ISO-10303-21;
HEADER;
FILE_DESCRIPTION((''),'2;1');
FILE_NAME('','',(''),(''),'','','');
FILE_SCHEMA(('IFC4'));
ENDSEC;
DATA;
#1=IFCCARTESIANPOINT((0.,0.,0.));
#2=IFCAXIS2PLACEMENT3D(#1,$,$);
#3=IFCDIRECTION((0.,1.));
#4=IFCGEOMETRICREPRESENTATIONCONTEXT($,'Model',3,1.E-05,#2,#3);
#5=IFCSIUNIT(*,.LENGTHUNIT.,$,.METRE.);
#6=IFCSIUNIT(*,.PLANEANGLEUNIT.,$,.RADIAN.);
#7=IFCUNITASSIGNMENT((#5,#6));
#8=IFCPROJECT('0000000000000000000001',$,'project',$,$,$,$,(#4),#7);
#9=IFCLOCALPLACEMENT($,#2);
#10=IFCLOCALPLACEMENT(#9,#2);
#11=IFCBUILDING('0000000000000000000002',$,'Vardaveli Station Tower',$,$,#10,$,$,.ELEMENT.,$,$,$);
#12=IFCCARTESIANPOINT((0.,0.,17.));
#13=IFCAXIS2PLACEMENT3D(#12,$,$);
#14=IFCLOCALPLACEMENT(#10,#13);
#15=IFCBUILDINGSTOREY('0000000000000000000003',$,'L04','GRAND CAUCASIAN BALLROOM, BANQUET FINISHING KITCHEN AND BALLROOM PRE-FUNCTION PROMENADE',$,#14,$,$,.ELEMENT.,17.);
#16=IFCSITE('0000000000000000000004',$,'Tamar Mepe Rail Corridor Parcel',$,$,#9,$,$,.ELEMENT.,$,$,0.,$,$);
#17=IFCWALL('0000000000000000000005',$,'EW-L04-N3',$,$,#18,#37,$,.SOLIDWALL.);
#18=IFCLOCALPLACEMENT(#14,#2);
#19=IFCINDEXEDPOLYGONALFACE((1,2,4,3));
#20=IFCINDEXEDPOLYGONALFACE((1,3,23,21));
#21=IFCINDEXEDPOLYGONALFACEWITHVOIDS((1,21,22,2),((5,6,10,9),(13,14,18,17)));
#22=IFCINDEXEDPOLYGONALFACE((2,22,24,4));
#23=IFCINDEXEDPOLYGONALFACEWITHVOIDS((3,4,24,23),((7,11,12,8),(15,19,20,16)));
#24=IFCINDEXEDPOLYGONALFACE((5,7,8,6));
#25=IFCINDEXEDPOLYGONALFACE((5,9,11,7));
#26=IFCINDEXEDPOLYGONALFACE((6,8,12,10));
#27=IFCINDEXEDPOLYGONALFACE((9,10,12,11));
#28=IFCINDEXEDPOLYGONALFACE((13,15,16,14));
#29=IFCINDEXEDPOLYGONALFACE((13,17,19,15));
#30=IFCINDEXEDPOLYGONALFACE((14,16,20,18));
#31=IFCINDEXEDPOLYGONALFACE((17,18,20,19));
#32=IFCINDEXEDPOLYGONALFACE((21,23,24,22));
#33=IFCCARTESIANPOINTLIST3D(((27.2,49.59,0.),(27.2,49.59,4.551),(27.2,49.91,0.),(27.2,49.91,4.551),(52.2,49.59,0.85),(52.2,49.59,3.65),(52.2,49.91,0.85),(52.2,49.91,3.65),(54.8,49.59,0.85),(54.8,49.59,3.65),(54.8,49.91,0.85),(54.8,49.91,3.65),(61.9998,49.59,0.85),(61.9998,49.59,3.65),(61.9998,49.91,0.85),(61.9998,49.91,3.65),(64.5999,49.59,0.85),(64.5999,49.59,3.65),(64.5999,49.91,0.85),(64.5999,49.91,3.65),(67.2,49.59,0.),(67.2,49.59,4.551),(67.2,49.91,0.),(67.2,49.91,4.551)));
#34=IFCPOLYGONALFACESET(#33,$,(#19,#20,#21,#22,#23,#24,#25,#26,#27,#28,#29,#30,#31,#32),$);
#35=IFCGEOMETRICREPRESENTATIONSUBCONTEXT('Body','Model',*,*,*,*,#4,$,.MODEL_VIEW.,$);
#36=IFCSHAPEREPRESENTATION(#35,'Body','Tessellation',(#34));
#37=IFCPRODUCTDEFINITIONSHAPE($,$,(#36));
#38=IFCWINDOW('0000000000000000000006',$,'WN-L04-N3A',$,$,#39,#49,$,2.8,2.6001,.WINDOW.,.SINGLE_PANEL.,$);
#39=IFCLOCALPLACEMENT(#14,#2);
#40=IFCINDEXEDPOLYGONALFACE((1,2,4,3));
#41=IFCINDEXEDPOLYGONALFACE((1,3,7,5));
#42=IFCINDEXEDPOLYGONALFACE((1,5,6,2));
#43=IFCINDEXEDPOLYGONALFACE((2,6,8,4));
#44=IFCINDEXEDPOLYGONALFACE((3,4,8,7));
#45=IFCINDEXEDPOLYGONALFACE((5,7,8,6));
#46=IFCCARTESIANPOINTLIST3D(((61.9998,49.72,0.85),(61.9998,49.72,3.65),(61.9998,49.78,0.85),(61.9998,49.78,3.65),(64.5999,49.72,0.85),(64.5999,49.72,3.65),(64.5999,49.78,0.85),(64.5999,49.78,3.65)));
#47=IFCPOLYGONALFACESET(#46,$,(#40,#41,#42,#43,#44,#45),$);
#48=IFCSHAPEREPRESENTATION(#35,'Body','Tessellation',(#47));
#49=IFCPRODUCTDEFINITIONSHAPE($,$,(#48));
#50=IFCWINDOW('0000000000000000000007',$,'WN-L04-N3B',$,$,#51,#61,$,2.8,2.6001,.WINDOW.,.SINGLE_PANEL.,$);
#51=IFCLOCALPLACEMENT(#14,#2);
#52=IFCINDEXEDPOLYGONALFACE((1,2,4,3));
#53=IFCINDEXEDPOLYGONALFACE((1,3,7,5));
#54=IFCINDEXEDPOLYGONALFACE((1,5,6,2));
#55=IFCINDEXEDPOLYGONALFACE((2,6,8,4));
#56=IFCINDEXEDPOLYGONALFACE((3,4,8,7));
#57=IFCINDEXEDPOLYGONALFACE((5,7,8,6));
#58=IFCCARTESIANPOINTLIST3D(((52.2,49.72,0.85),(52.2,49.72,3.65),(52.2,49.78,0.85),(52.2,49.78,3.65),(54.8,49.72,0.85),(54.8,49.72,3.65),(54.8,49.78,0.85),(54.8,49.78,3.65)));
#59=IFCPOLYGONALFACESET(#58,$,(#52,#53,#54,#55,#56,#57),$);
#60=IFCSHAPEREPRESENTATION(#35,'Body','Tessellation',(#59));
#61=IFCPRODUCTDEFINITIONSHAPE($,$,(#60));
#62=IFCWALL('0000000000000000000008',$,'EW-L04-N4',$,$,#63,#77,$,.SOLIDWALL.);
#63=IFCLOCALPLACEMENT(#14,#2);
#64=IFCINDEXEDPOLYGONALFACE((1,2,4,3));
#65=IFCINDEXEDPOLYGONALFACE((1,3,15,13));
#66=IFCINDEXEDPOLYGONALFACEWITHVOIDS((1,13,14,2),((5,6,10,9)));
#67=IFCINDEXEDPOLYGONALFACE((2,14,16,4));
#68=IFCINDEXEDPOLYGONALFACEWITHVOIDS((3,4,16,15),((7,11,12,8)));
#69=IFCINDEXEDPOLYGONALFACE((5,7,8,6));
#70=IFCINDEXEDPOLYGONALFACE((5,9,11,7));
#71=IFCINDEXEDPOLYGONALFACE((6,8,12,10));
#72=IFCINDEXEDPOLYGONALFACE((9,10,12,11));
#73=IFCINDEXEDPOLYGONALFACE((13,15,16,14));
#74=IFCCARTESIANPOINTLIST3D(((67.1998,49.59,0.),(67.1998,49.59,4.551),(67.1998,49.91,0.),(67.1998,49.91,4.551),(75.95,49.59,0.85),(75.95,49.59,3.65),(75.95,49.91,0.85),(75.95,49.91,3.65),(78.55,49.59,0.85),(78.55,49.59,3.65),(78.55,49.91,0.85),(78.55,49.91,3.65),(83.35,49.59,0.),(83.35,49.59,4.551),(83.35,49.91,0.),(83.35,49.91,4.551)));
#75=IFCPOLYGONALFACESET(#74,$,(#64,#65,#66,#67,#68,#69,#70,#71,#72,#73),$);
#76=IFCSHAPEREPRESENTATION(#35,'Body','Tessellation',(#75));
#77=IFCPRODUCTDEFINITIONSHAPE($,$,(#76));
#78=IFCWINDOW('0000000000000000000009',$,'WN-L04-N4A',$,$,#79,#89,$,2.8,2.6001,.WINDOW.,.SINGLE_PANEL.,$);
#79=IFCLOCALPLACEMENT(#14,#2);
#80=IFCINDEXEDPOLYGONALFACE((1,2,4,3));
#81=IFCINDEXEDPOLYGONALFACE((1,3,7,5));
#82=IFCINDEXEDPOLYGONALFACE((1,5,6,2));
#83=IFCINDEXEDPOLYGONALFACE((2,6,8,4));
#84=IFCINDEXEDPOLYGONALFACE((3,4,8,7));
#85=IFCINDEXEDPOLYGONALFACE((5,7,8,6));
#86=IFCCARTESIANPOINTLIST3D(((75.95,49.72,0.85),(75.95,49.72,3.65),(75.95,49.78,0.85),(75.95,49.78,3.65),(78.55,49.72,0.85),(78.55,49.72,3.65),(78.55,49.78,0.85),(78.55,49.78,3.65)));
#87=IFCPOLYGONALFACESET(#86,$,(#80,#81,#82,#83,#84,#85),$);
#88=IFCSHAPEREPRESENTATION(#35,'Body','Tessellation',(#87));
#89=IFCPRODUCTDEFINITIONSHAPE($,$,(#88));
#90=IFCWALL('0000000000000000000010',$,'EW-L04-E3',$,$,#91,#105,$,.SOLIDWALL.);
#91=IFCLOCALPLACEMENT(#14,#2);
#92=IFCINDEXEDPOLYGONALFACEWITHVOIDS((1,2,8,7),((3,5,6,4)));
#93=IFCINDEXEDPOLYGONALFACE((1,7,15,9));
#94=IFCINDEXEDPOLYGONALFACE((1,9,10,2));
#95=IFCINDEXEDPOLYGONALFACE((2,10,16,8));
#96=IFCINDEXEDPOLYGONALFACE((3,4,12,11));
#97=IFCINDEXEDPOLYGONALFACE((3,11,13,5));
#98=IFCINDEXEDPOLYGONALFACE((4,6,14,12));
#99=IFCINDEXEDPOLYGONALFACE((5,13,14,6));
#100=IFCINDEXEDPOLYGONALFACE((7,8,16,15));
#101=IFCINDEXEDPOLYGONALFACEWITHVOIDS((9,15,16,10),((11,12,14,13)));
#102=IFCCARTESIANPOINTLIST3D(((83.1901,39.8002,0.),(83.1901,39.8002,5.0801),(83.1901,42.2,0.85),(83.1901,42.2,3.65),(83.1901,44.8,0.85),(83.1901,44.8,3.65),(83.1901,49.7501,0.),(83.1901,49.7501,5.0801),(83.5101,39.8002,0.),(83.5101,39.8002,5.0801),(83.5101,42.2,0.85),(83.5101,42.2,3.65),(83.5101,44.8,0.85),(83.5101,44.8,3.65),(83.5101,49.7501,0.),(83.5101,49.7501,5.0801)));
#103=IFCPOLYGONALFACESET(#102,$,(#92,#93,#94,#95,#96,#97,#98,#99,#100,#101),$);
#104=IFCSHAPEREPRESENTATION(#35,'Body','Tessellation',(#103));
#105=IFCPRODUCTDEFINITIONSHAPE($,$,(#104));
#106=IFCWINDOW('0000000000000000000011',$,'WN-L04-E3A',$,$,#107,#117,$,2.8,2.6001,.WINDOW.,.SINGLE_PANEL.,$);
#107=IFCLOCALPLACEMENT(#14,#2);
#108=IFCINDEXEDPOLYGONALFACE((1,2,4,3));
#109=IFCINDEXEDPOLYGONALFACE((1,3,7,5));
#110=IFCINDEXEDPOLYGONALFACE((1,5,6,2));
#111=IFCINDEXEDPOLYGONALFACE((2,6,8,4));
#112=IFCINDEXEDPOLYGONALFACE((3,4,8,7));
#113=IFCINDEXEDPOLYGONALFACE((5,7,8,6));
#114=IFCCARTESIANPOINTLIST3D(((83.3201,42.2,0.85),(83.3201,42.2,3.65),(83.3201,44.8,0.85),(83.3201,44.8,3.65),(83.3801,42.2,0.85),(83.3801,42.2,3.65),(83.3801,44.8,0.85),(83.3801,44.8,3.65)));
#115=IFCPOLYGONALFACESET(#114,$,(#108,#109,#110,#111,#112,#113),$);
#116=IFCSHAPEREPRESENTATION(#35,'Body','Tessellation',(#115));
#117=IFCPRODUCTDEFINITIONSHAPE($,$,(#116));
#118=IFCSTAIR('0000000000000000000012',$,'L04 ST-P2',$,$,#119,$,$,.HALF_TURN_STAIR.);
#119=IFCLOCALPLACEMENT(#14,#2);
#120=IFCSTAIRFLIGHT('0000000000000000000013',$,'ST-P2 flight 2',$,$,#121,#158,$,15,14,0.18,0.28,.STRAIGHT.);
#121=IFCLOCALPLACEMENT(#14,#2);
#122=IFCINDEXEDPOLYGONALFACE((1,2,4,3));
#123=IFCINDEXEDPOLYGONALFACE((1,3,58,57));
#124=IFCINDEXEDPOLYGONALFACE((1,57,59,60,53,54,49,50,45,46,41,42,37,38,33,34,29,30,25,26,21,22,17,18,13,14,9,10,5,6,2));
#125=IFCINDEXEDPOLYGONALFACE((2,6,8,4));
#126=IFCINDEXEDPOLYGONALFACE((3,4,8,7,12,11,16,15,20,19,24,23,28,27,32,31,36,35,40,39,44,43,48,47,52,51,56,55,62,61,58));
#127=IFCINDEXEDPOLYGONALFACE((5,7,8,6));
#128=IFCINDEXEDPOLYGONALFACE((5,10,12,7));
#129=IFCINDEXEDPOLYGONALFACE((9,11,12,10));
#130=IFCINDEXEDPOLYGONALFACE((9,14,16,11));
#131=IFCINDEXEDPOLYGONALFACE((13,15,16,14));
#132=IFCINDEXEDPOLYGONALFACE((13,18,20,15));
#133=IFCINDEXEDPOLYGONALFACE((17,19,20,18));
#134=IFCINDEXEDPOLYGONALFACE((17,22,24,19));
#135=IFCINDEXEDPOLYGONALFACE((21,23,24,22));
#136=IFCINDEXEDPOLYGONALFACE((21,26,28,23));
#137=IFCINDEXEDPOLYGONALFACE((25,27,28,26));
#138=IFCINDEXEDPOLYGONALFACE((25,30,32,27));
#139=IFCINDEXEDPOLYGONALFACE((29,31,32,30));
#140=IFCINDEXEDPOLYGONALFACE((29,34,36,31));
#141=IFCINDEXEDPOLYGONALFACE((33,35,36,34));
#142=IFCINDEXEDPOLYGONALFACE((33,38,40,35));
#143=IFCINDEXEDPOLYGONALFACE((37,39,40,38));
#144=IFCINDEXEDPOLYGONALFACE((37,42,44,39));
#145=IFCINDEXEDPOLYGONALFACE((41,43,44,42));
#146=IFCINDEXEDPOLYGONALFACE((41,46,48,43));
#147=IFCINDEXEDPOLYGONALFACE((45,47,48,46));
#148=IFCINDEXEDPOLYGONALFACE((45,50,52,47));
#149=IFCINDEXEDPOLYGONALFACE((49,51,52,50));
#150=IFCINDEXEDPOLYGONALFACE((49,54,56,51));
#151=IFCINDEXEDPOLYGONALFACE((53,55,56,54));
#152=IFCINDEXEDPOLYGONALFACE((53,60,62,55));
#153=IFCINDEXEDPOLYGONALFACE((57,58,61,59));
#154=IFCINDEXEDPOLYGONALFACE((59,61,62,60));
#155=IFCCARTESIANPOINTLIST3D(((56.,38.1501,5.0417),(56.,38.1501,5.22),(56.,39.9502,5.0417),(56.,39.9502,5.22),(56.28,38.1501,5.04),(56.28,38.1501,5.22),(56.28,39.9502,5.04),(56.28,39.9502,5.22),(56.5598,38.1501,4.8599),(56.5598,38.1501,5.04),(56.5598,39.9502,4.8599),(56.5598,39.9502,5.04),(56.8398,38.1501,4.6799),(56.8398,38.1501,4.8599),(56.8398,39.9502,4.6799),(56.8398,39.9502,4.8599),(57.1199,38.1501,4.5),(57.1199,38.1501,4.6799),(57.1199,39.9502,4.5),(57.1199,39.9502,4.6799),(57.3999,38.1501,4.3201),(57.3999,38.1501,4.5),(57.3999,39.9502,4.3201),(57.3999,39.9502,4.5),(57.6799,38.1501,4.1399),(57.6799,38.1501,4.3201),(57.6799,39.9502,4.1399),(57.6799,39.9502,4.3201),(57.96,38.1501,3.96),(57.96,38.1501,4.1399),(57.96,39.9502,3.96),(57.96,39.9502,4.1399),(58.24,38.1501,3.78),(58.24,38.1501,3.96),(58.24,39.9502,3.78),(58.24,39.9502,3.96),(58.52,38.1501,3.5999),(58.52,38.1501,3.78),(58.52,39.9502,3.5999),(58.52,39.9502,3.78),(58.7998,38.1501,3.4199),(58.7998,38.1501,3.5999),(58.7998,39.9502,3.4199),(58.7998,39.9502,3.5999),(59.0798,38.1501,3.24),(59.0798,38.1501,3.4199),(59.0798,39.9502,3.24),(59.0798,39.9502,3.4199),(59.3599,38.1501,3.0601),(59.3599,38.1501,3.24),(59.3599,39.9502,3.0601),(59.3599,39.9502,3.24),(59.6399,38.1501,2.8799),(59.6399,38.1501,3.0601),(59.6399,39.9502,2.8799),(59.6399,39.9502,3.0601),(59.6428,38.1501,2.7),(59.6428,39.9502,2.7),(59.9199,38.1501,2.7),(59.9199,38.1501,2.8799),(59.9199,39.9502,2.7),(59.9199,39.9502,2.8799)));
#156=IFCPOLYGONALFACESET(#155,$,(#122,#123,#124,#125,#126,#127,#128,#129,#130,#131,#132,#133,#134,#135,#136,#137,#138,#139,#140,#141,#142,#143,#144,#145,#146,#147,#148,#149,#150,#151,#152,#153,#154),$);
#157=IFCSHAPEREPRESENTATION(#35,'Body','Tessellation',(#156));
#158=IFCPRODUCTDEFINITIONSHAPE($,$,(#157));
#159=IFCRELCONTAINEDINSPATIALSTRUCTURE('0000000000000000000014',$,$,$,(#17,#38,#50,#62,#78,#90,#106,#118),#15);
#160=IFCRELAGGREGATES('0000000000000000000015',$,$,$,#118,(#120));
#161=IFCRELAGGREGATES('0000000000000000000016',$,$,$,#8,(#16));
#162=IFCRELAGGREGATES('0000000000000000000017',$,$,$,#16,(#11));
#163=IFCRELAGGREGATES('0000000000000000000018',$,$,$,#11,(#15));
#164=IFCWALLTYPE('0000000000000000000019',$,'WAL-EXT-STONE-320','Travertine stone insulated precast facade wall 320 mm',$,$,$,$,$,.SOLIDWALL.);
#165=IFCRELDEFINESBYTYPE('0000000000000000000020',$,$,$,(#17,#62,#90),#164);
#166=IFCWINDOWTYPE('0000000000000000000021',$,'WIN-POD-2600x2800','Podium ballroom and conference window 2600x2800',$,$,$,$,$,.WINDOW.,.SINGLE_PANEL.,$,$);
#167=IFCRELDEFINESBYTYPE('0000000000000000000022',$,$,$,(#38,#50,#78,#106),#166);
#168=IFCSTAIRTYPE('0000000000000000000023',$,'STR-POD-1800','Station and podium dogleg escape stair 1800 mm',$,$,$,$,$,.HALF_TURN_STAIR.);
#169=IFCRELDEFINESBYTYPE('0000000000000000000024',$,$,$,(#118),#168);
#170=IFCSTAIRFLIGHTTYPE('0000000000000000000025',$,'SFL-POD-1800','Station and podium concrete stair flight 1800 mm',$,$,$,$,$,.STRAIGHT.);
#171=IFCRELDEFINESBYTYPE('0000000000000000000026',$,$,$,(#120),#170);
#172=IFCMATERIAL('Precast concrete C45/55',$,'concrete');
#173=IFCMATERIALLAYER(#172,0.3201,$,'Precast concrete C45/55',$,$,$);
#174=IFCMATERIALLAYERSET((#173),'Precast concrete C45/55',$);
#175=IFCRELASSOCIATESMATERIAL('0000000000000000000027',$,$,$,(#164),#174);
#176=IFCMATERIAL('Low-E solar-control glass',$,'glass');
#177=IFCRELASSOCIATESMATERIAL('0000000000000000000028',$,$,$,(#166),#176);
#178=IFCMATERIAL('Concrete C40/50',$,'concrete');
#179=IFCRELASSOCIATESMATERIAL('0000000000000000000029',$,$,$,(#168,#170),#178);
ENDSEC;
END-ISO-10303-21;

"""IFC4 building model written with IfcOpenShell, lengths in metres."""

from ifc_helpers import new_model, si_unit, direction, frame, frame_2d, origin, place, context, subcontext, project, spatial, polyline, rectangle, outline, extrude, source, transform, mapped, material, layer, layer_set, type_object, element, fill, aggregate, save


model = new_model("IFC4")

# Units and contexts
model_context = context("Model", 3, precision=1e-05, world=origin(), true_north=direction((0.0, 1.0)))
body_context = subcontext(model_context, "Body", "Model", "MODEL_VIEW")
ifc_project = project(units=[si_unit("LENGTHUNIT", "METRE"), si_unit("PLANEANGLEUNIT", "RADIAN")], contexts=[model_context])

# Site, building, storey
site_placement = place(None, origin())
site = spatial("IfcSite", under=ifc_project, at=site_placement, Name="Tamar Mepe Rail Corridor Parcel", CompositionType="ELEMENT", RefElevation=0.0)
building_placement = place(site_placement, origin())
building = spatial("IfcBuilding", under=site, at=building_placement, Name="Vardaveli Station Tower", CompositionType="ELEMENT")
storey_placement = place(building_placement, frame((0.0, 0.0, 17.0)))
storey = spatial("IfcBuildingStorey", under=building, at=storey_placement, Name="L04", Description="GRAND CAUCASIAN BALLROOM, BANQUET FINISHING KITCHEN AND BALLROOM PRE-FUNCTION PROMENADE", CompositionType="ELEMENT", Elevation=17.0)

# Shared definitions
ifc_material_1 = material(Name="Precast concrete C45/55", Category="concrete")

# Wall, openings, windows
ifc_layer = layer(ifc_material_1, 0.3201, Name="Precast concrete C45/55")
ifc_layer_set = layer_set([ifc_layer], Name="Precast concrete C45/55")
wall_type = type_object("IfcWallType", Name="WAL-EXT-STONE-320", Description="Travertine stone insulated precast facade wall 320 mm", PredefinedType="SOLIDWALL", material=ifc_layer_set)
shared_shape_1 = source(origin(), body_context, "Body", "SweptSolid", [
    extrude(rectangle(XDim=40.0, YDim=0.3201, at=frame_2d((20.0, 0.0))), origin(), (0.0, 0.0, 1.0), 4.551),
])
wall_1_placement = place(storey_placement, frame((67.2, 49.75, 0.0), z_axis=(0.0, 0.0, 1.0), x_axis=(-1.0, 0.0, 0.0)))
wall_1 = element("IfcWall", 1, at=wall_1_placement, inside=storey, type_object=wall_type, Name="EW-L04-N3", PredefinedType="SOLIDWALL", context=body_context, shape_type="MappedRepresentation", body=[
    mapped(shared_shape_1, transform((0.0, 0.0, 0.0), scale=1.0)),
])
shared_shape_2 = source(origin(), body_context, "Body", "SweptSolid", [
    extrude(rectangle(XDim=2.6001, YDim=2.8, at=frame_2d((1.3, 1.3999))), frame((0.0, 0.1699, 0.0), z_axis=(0.0, -1.0, 0.0), x_axis=(1.0, 0.0, 0.0)), (0.0, 0.0, 1.0), 0.3401),
])
opening_1_placement = place(wall_1_placement, frame((2.6001, 0.0, 0.8501)))
opening_1 = element("IfcOpeningElement", 2, at=opening_1_placement, cuts=wall_1, PredefinedType="OPENING", context=body_context, shape_type="MappedRepresentation", body=[
    mapped(shared_shape_2, transform((0.0, 0.0, 0.0), scale=1.0)),
])
opening_2_placement = place(wall_1_placement, frame((12.3999, 0.0, 0.8501)))
opening_2 = element("IfcOpeningElement", 3, at=opening_2_placement, cuts=wall_1, PredefinedType="OPENING", context=body_context, shape_type="MappedRepresentation", body=[
    mapped(shared_shape_2, transform((0.0, 0.0, 0.0), scale=1.0)),
])
ifc_material_2 = material(Name="Low-E solar-control glass", Category="glass")
window_type = type_object("IfcWindowType", Name="WIN-POD-2600x2800", Description="Podium ballroom and conference window 2600x2800", PartitioningType="SINGLE_PANEL", PredefinedType="WINDOW", material=ifc_material_2)
shared_shape_3 = source(origin(), body_context, "Body", "SweptSolid", [
    extrude(rectangle(XDim=2.6001, YDim=2.8, at=frame_2d((1.3, 1.3999))), frame((0.0, 0.03, 0.0), z_axis=(0.0, -1.0, 0.0), x_axis=(1.0, 0.0, 0.0)), (0.0, 0.0, 1.0), 0.0601),
])
window_1_placement = place(opening_1_placement, origin())
window_1 = element("IfcWindow", 4, at=window_1_placement, inside=storey, type_object=window_type, Name="WN-L04-N3A", OverallHeight=2.8, OverallWidth=2.6001, PartitioningType="SINGLE_PANEL", PredefinedType="WINDOW", context=body_context, shape_type="MappedRepresentation", body=[
    mapped(shared_shape_3, transform((0.0, 0.0, 0.0), scale=1.0)),
])
fill(opening_1, window_1)
window_2_placement = place(opening_2_placement, origin())
window_2 = element("IfcWindow", 5, at=window_2_placement, inside=storey, type_object=window_type, Name="WN-L04-N3B", OverallHeight=2.8, OverallWidth=2.6001, PartitioningType="SINGLE_PANEL", PredefinedType="WINDOW", context=body_context, shape_type="MappedRepresentation", body=[
    mapped(shared_shape_3, transform((0.0, 0.0, 0.0), scale=1.0)),
])
fill(opening_2, window_2)

# Walls, openings, windows
shared_shape_4 = source(origin(), body_context, "Body", "SweptSolid", [
    extrude(rectangle(XDim=16.1501, YDim=0.3201, at=frame_2d((8.0752, 0.0))), origin(), (0.0, 0.0, 1.0), 4.551),
])
wall_2_placement = place(storey_placement, frame((83.3501, 49.75, 0.0), z_axis=(0.0, 0.0, 1.0), x_axis=(-1.0, 0.0, 0.0)))
wall_2 = element("IfcWall", 6, at=wall_2_placement, inside=storey, type_object=wall_type, Name="EW-L04-N4", PredefinedType="SOLIDWALL", context=body_context, shape_type="MappedRepresentation", body=[
    mapped(shared_shape_4, transform((0.0, 0.0, 0.0), scale=1.0)),
])
opening_3_placement = place(wall_2_placement, frame((4.8, 0.0, 0.8501)))
opening_3 = element("IfcOpeningElement", 7, at=opening_3_placement, cuts=wall_2, PredefinedType="OPENING", context=body_context, shape_type="MappedRepresentation", body=[
    mapped(shared_shape_2, transform((0.0, 0.0, 0.0), scale=1.0)),
])
window_3_placement = place(opening_3_placement, origin())
window_3 = element("IfcWindow", 8, at=window_3_placement, inside=storey, type_object=window_type, Name="WN-L04-N4A", OverallHeight=2.8, OverallWidth=2.6001, PartitioningType="SINGLE_PANEL", PredefinedType="WINDOW", context=body_context, shape_type="MappedRepresentation", body=[
    mapped(shared_shape_3, transform((0.0, 0.0, 0.0), scale=1.0)),
])
fill(opening_3, window_3)
shared_shape_5 = source(origin(), body_context, "Body", "SweptSolid", [
    extrude(rectangle(XDim=9.95, YDim=0.3201, at=frame_2d((4.9751, 0.0))), origin(), (0.0, 0.0, 1.0), 5.0801),
])
wall_3_placement = place(storey_placement, frame((83.3501, 39.8, 0.0), z_axis=(0.0, 0.0, 1.0), x_axis=(0.0, 1.0, 0.0)))
wall_3 = element("IfcWall", 9, at=wall_3_placement, inside=storey, type_object=wall_type, Name="EW-L04-E3", PredefinedType="SOLIDWALL", context=body_context, shape_type="MappedRepresentation", body=[
    mapped(shared_shape_5, transform((0.0, 0.0, 0.0), scale=1.0)),
])
opening_4_placement = place(wall_3_placement, frame((2.3999, 0.0, 0.8501)))
opening_4 = element("IfcOpeningElement", 10, at=opening_4_placement, cuts=wall_3, PredefinedType="OPENING", context=body_context, shape_type="MappedRepresentation", body=[
    mapped(shared_shape_2, transform((0.0, 0.0, 0.0), scale=1.0)),
])
window_4_placement = place(opening_4_placement, origin())
window_4 = element("IfcWindow", 11, at=window_4_placement, inside=storey, type_object=window_type, Name="WN-L04-E3A", OverallHeight=2.8, OverallWidth=2.6001, PartitioningType="SINGLE_PANEL", PredefinedType="WINDOW", context=body_context, shape_type="MappedRepresentation", body=[
    mapped(shared_shape_3, transform((0.0, 0.0, 0.0), scale=1.0)),
])
fill(opening_4, window_4)

# Stair, stair flight
ifc_material_3 = material(Name="Concrete C40/50", Category="concrete")
stair_type = type_object("IfcStairType", Name="STR-POD-1800", Description="Station and podium dogleg escape stair 1800 mm", PredefinedType="HALF_TURN_STAIR", material=ifc_material_3)
stair_placement = place(storey_placement, origin())
stair = element("IfcStair", 12, at=stair_placement, inside=storey, type_object=stair_type, Name="L04 ST-P2", PredefinedType="HALF_TURN_STAIR")
stair_flight_type = type_object("IfcStairFlightType", Name="SFL-POD-1800", Description="Station and podium concrete stair flight 1800 mm", PredefinedType="STRAIGHT", material=ifc_material_3)
shared_shape_6 = source(origin(), body_context, "Body", "SweptSolid", [
    extrude(outline(polyline([(0.0, 0.0), (0.0, 0.1799), (0.28, 0.1799), (0.28, 0.3601), (0.5601, 0.3601), (0.5601, 0.54), (0.8401, 0.54), (0.8401, 0.72), (1.1201, 0.72), (1.1201, 0.8999), (1.3999, 0.8999), (1.3999, 1.0801), (1.6799, 1.0801), (1.6799, 1.26), (1.96, 1.26), (1.96, 1.4399), (2.24, 1.4399), (2.24, 1.6201), (2.52, 1.6201), (2.52, 1.8), (2.8, 1.8), (2.8, 1.98), (3.0801, 1.98), (3.0801, 2.1599), (3.3601, 2.1599), (3.3601, 2.3401), (3.6399, 2.3401), (3.6399, 2.52), (3.9199, 2.52), (3.9199, 2.7), (3.9199, 2.3418), (0.2771, 0.0), (0.0, 0.0)])), frame((0.0, 0.8999, 0.0), z_axis=(0.0, -1.0, 0.0), x_axis=(1.0, 0.0, 0.0)), (0.0, 0.0, 1.0), 1.8),
])
stair_flight_placement = place(storey_placement, frame((59.9199, 39.05, 2.7), z_axis=(0.0, 0.0, 1.0), x_axis=(-1.0, 0.0, 0.0)))
stair_flight = element("IfcStairFlight", 13, at=stair_flight_placement, type_object=stair_flight_type, Name="ST-P2 flight 2", NumberOfRisers=15, NumberOfTreads=14, PredefinedType="STRAIGHT", RiserHeight=0.18, TreadLength=0.28, context=body_context, shape_type="MappedRepresentation", body=[
    mapped(shared_shape_6, transform((0.0, 0.0, 0.0), scale=1.0)),
])
aggregate(stair, [stair_flight])

save(model, "model.ifc")
